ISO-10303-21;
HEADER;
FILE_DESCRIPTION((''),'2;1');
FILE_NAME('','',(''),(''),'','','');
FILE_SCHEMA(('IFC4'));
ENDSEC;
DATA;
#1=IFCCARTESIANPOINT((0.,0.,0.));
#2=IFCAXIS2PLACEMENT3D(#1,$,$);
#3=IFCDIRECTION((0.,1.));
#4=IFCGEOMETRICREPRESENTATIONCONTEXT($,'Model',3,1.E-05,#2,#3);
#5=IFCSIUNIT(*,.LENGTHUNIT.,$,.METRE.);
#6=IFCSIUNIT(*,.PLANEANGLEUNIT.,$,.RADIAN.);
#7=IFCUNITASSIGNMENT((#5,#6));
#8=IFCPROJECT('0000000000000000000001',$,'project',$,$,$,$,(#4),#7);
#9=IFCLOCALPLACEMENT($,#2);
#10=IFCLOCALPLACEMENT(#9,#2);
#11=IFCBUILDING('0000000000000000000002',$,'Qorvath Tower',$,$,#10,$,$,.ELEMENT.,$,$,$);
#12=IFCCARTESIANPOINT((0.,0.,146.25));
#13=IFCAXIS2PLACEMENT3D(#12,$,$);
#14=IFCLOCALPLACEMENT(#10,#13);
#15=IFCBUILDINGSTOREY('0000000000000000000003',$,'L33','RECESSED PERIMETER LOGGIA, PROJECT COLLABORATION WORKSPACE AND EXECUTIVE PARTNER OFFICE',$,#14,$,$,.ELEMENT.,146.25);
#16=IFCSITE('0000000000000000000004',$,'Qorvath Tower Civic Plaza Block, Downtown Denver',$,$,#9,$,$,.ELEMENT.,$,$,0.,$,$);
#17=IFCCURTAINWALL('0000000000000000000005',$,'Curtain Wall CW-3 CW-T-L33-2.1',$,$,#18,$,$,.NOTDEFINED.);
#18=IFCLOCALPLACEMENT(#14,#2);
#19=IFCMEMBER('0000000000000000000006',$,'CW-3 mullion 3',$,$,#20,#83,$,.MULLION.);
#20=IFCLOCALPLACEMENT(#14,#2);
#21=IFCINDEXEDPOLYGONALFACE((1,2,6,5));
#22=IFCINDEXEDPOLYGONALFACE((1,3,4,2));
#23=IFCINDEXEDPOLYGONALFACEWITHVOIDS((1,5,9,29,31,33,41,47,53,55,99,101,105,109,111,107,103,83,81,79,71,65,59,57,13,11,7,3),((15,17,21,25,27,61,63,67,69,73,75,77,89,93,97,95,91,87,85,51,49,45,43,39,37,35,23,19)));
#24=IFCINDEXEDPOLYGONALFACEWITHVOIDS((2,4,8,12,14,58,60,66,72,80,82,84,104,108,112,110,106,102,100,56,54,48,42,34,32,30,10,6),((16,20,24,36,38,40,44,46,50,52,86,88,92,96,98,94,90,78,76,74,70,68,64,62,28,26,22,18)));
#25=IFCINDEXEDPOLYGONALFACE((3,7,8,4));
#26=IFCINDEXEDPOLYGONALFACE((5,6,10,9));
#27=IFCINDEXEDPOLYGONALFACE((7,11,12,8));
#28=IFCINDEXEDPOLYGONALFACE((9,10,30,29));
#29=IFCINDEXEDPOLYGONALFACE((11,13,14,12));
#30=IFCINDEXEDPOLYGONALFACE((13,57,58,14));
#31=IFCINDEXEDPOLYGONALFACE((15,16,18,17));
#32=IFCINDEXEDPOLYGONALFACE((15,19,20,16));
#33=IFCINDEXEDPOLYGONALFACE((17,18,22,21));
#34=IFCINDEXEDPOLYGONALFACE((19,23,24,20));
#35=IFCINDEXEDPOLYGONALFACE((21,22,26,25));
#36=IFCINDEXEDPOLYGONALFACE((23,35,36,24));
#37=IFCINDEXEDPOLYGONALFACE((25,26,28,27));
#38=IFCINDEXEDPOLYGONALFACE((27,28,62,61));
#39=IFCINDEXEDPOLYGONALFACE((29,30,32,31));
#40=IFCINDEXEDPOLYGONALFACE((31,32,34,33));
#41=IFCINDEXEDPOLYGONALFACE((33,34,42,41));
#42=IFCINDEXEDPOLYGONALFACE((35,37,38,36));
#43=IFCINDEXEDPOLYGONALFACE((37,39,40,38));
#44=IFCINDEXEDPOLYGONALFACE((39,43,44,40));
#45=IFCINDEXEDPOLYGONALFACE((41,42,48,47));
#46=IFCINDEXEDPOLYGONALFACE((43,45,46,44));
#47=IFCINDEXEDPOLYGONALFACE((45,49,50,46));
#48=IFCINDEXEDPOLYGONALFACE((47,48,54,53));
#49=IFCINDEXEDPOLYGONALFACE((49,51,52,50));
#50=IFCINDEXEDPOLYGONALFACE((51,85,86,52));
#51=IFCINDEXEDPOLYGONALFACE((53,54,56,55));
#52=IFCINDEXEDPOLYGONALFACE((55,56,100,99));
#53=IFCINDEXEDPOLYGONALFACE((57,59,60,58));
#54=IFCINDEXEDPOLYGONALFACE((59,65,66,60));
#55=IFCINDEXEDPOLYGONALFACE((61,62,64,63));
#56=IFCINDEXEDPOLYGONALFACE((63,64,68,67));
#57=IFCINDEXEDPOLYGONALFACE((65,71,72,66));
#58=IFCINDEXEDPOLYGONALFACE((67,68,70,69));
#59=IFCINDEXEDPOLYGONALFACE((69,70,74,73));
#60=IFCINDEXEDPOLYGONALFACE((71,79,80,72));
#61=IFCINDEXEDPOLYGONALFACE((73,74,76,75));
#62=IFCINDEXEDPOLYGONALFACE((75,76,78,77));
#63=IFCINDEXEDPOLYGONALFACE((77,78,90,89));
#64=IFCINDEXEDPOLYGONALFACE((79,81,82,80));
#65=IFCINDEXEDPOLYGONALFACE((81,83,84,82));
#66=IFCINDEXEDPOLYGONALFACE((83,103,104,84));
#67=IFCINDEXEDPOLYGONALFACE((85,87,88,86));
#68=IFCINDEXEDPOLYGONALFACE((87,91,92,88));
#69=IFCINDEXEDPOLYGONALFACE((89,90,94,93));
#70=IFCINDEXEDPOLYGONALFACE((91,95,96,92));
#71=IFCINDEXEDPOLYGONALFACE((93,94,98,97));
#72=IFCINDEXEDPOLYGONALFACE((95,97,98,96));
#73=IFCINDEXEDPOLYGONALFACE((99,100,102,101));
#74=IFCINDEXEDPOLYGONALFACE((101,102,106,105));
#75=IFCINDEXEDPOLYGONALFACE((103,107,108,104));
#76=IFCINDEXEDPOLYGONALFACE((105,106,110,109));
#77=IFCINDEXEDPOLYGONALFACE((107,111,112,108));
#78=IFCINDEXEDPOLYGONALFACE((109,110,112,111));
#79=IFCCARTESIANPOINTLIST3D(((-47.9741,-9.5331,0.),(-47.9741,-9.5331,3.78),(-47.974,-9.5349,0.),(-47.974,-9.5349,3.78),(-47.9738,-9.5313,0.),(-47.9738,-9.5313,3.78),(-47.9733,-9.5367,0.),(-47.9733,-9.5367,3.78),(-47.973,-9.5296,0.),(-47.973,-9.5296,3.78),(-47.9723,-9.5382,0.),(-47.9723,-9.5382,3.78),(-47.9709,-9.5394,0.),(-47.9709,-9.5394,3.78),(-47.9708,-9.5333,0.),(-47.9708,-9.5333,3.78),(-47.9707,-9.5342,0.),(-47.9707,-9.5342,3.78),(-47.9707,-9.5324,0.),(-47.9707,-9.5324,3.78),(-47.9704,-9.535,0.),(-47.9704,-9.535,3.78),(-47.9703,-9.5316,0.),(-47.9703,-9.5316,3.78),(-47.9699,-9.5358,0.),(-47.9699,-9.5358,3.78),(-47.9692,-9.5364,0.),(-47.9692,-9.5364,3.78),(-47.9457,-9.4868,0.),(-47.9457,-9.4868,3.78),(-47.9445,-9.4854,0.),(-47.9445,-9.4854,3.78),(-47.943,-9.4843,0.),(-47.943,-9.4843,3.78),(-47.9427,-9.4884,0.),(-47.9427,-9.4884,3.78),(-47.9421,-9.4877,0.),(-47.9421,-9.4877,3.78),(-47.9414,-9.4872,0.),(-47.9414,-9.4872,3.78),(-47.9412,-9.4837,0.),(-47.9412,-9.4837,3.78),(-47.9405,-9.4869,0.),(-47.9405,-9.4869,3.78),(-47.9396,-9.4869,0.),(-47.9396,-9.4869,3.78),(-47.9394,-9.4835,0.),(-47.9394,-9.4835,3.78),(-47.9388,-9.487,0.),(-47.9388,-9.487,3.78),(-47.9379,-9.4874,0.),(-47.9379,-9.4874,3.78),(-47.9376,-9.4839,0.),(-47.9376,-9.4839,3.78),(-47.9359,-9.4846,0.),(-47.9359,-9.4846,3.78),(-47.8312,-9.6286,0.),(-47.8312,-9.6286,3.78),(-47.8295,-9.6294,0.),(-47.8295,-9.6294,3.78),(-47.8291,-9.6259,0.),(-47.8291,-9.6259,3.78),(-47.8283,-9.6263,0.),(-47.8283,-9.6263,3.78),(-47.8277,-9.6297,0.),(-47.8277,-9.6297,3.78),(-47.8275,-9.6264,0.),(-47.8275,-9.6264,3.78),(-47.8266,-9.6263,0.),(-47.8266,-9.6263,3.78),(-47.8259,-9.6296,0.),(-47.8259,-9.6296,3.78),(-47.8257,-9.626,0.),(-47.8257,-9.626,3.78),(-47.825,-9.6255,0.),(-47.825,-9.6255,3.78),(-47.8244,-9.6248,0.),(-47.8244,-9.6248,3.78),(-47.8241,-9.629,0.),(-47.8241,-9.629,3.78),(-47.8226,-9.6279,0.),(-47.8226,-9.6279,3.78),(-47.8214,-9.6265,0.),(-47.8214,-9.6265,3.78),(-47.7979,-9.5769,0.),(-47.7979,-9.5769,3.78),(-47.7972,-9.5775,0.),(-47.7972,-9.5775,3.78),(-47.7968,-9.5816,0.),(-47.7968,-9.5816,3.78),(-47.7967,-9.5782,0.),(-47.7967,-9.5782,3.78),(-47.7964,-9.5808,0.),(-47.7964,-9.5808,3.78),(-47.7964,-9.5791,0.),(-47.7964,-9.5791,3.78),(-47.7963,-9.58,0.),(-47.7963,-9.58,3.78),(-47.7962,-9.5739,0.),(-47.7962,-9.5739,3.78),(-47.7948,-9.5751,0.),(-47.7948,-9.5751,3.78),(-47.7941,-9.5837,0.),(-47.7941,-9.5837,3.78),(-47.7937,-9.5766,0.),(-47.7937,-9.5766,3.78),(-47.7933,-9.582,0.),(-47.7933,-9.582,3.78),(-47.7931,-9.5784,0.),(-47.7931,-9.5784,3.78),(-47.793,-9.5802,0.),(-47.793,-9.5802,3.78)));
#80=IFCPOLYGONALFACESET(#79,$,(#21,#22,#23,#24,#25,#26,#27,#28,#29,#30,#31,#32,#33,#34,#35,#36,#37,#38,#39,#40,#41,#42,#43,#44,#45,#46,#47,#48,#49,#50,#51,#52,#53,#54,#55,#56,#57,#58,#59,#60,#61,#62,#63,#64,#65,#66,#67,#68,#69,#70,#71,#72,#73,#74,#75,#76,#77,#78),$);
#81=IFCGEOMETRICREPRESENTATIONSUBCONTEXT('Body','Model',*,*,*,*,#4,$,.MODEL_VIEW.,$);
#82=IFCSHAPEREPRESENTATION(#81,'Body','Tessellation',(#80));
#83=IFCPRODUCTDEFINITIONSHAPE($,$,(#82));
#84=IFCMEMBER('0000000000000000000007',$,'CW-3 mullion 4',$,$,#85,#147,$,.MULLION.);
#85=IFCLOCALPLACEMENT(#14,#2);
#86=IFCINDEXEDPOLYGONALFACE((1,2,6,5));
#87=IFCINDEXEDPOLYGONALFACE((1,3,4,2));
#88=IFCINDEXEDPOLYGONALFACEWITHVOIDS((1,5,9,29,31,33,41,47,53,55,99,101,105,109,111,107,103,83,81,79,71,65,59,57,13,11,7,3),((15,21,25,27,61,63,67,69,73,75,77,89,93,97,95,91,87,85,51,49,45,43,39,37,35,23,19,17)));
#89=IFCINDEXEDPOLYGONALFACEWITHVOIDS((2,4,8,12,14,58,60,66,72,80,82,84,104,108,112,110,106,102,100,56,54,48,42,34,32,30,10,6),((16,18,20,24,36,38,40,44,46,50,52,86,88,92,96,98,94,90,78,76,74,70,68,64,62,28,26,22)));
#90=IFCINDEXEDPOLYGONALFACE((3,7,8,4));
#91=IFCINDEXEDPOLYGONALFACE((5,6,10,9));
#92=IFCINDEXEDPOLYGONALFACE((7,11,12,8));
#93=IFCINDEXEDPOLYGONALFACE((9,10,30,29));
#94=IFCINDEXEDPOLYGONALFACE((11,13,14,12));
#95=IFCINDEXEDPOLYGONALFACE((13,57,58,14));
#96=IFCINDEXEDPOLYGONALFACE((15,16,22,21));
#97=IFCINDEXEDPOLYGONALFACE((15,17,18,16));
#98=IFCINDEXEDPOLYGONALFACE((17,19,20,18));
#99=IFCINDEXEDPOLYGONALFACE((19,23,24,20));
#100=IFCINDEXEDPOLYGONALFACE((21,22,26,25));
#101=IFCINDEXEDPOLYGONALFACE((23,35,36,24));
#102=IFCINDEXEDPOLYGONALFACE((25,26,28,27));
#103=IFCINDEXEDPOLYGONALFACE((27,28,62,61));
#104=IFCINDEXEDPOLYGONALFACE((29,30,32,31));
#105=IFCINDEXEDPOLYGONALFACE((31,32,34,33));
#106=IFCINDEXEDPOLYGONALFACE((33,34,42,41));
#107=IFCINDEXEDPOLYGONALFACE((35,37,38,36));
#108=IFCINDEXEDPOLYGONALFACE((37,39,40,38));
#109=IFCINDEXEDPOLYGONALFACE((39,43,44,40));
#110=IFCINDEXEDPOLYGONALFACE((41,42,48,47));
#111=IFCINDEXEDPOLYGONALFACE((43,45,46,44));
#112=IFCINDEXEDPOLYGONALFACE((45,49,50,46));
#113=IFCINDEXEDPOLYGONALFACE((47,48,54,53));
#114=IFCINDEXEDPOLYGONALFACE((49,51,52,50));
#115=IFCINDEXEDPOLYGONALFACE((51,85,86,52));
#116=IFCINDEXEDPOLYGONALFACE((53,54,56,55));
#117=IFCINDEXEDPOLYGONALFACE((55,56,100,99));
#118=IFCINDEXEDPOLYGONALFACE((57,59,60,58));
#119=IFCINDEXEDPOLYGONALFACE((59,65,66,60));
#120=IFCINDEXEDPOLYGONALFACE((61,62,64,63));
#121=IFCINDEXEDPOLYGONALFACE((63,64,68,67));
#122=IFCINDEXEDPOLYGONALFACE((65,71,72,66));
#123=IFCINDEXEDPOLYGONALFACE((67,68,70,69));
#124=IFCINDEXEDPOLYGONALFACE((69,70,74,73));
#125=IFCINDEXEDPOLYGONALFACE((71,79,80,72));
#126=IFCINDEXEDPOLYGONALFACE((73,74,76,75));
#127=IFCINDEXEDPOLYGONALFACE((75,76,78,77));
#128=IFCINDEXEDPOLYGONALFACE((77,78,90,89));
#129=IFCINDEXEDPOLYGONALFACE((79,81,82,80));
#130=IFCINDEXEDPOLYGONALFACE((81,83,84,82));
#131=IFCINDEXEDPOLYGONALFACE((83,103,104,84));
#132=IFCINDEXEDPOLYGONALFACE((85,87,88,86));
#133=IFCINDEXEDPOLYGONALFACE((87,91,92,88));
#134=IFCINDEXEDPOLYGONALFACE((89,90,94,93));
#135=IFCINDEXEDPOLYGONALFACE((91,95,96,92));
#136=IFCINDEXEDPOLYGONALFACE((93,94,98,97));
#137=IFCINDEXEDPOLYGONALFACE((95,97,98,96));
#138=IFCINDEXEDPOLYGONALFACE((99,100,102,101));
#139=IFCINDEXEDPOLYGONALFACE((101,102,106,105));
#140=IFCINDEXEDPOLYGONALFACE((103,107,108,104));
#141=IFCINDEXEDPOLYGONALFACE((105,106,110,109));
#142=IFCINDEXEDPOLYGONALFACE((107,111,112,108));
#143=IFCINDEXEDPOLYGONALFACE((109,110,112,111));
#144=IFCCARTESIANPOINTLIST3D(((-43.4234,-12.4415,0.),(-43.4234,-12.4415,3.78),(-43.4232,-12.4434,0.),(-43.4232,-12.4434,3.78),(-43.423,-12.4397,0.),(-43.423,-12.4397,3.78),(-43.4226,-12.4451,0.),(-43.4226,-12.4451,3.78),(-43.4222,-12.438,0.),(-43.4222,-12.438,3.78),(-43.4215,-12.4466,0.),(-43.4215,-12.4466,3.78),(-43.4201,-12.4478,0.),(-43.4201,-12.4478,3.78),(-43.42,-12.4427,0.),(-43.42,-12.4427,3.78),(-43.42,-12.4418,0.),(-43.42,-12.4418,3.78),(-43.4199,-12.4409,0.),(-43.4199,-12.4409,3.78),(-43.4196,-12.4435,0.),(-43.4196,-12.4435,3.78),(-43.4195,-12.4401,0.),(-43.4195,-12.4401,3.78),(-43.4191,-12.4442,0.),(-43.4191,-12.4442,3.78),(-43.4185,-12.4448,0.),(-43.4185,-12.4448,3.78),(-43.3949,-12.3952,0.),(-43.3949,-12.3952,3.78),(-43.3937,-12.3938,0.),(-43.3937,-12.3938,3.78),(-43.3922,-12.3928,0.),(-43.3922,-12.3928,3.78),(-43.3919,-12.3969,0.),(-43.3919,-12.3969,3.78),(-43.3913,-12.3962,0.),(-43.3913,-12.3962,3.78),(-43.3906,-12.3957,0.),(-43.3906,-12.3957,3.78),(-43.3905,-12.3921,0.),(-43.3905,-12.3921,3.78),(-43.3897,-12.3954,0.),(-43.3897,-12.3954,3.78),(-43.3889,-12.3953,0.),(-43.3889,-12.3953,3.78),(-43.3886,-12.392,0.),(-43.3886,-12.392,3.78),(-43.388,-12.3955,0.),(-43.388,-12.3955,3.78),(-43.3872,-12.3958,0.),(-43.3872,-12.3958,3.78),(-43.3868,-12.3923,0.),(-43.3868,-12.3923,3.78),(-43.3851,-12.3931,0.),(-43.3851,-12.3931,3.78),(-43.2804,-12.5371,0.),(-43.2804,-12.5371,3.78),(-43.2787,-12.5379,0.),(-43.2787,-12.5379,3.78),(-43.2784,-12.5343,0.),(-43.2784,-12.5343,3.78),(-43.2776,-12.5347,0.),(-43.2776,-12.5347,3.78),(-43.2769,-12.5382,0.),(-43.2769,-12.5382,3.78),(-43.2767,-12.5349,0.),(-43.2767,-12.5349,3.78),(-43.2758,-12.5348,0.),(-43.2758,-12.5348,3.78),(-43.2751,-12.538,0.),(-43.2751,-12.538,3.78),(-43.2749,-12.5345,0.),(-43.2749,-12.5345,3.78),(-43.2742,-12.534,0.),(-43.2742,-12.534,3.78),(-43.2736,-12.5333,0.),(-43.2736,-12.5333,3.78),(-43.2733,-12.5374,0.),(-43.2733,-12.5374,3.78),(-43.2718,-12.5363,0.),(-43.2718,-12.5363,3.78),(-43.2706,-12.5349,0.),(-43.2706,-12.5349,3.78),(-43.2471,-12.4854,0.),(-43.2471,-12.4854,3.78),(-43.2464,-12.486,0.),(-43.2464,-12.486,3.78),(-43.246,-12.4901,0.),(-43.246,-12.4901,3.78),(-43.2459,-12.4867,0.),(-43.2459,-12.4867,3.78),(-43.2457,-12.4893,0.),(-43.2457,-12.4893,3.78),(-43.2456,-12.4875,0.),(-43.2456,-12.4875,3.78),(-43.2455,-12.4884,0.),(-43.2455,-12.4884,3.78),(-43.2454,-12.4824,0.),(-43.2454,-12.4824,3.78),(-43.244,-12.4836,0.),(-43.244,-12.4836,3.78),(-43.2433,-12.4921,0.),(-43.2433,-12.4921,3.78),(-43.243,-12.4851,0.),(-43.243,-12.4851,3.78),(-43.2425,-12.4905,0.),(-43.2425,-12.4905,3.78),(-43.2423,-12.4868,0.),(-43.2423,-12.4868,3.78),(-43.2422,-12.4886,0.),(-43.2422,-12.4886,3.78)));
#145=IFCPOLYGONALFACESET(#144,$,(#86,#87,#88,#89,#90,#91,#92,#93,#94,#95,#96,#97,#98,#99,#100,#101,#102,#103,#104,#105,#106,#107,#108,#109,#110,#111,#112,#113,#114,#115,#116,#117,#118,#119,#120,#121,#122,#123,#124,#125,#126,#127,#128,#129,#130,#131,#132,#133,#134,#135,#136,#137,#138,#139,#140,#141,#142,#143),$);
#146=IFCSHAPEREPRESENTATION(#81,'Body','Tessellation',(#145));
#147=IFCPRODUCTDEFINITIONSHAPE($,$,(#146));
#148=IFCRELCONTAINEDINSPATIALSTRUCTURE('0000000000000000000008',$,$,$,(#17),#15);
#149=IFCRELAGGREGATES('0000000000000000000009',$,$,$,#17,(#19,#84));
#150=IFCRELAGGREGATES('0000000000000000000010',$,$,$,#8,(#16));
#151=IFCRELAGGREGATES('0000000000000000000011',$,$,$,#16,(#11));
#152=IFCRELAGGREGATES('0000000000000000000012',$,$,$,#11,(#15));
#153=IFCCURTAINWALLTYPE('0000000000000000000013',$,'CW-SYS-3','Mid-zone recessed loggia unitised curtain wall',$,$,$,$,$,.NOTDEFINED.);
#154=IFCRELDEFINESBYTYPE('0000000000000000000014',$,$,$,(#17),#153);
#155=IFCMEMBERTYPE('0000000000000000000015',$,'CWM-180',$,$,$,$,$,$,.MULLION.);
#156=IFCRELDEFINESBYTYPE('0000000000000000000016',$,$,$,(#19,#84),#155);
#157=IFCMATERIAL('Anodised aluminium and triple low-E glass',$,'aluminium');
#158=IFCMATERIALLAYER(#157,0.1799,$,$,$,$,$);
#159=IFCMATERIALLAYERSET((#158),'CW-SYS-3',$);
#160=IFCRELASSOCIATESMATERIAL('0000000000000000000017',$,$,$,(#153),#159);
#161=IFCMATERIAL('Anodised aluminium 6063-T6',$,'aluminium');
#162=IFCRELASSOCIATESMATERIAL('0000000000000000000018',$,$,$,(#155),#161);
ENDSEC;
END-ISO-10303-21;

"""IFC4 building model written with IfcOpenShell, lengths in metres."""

from ifc_helpers import new_model, si_unit, direction, frame, origin, origin_2d, place, context, subcontext, project, spatial, hollow_rectangle, extrude, material, layer, layer_set, material_profile, profile_set, type_object, element, aggregate, save


model = new_model("IFC4")

# Units and contexts
model_context = context("Model", 3, precision=1e-05, world=origin(), true_north=direction((0.0, 1.0)))
body_context = subcontext(model_context, "Body", "Model", "MODEL_VIEW")
ifc_project = project(units=[si_unit("LENGTHUNIT", "METRE"), si_unit("PLANEANGLEUNIT", "RADIAN")], contexts=[model_context])

# Site, building, storey
site_placement = place(None, origin())
site = spatial("IfcSite", under=ifc_project, at=site_placement, Name="Qorvath Tower Civic Plaza Block, Downtown Denver", CompositionType="ELEMENT", RefElevation=0.0)
building_placement = place(site_placement, origin())
building = spatial("IfcBuilding", under=site, at=building_placement, Name="Qorvath Tower", CompositionType="ELEMENT")
storey_placement = place(building_placement, frame((0.0, 0.0, 146.25)))
storey = spatial("IfcBuildingStorey", under=building, at=storey_placement, Name="L33", Description="RECESSED PERIMETER LOGGIA, PROJECT COLLABORATION WORKSPACE AND EXECUTIVE PARTNER OFFICE", CompositionType="ELEMENT", Elevation=146.25)

# Curtain wall, members
ifc_material_1 = material(Name="Anodised aluminium and triple low-E glass", Category="aluminium")
ifc_layer_1 = layer(ifc_material_1, 0.1799)
ifc_layer_set_1 = layer_set([ifc_layer_1], Name="CW-SYS-3")
curtain_wall_type = type_object("IfcCurtainWallType", Name="CW-SYS-3", Description="Mid-zone recessed loggia unitised curtain wall", PredefinedType="NOTDEFINED", material=ifc_layer_set_1)
curtain_wall_placement = place(storey_placement, origin())
curtain_wall = element("IfcCurtainWall", 1, at=curtain_wall_placement, inside=storey, type_object=curtain_wall_type, Name="Curtain Wall CW-3 CW-T-L33-2.1", PredefinedType="NOTDEFINED")
ifc_material_2 = material(Name="Anodised aluminium 6063-T6", Category="aluminium")
ifc_material_profile_1 = material_profile(ifc_material_2, hollow_rectangle(XDim=0.0649, YDim=0.1799, WallThickness=0.0034, InnerFilletRadius=0.0034, OuterFilletRadius=0.0071, at=origin_2d()), Name="CWM 180x65")
ifc_profile_set_1 = profile_set([ifc_material_profile_1], Name="Anodised aluminium 6063-T6")
member_type_1 = type_object("IfcMemberType", Name="CWM-180", PredefinedType="MULLION", material=ifc_profile_set_1)
member_1_placement = place(storey_placement, frame((-47.8835, -9.5566, 0.0), z_axis=(0.0, 0.0, 1.0), x_axis=(0.538533, 0.842604, 0.0)))
member_1 = element("IfcMember", 2, at=member_1_placement, type_object=member_type_1, Name="CW-3 mullion 3", PredefinedType="MULLION", context=body_context, shape_type="SweptSolid", body=[
    extrude(hollow_rectangle(XDim=0.0649, YDim=0.1799, WallThickness=0.0034, InnerFilletRadius=0.0034, OuterFilletRadius=0.0071, at=origin_2d()), origin(), (0.0, 0.0, 1.0), 3.78),
])
member_2_placement = place(storey_placement, frame((-43.3328, -12.4651, 0.0), z_axis=(0.0, 0.0, 1.0), x_axis=(0.538533, 0.842604, 0.0)))
member_2 = element("IfcMember", 3, at=member_2_placement, type_object=member_type_1, Name="CW-3 mullion 4", PredefinedType="MULLION", context=body_context, shape_type="SweptSolid", body=[
    extrude(hollow_rectangle(XDim=0.0649, YDim=0.1799, WallThickness=0.0034, InnerFilletRadius=0.0034, OuterFilletRadius=0.0071, at=origin_2d()), origin(), (0.0, 0.0, 1.0), 3.78),
])
aggregate(curtain_wall, [member_1, member_2])

save(model, "model.ifc")
